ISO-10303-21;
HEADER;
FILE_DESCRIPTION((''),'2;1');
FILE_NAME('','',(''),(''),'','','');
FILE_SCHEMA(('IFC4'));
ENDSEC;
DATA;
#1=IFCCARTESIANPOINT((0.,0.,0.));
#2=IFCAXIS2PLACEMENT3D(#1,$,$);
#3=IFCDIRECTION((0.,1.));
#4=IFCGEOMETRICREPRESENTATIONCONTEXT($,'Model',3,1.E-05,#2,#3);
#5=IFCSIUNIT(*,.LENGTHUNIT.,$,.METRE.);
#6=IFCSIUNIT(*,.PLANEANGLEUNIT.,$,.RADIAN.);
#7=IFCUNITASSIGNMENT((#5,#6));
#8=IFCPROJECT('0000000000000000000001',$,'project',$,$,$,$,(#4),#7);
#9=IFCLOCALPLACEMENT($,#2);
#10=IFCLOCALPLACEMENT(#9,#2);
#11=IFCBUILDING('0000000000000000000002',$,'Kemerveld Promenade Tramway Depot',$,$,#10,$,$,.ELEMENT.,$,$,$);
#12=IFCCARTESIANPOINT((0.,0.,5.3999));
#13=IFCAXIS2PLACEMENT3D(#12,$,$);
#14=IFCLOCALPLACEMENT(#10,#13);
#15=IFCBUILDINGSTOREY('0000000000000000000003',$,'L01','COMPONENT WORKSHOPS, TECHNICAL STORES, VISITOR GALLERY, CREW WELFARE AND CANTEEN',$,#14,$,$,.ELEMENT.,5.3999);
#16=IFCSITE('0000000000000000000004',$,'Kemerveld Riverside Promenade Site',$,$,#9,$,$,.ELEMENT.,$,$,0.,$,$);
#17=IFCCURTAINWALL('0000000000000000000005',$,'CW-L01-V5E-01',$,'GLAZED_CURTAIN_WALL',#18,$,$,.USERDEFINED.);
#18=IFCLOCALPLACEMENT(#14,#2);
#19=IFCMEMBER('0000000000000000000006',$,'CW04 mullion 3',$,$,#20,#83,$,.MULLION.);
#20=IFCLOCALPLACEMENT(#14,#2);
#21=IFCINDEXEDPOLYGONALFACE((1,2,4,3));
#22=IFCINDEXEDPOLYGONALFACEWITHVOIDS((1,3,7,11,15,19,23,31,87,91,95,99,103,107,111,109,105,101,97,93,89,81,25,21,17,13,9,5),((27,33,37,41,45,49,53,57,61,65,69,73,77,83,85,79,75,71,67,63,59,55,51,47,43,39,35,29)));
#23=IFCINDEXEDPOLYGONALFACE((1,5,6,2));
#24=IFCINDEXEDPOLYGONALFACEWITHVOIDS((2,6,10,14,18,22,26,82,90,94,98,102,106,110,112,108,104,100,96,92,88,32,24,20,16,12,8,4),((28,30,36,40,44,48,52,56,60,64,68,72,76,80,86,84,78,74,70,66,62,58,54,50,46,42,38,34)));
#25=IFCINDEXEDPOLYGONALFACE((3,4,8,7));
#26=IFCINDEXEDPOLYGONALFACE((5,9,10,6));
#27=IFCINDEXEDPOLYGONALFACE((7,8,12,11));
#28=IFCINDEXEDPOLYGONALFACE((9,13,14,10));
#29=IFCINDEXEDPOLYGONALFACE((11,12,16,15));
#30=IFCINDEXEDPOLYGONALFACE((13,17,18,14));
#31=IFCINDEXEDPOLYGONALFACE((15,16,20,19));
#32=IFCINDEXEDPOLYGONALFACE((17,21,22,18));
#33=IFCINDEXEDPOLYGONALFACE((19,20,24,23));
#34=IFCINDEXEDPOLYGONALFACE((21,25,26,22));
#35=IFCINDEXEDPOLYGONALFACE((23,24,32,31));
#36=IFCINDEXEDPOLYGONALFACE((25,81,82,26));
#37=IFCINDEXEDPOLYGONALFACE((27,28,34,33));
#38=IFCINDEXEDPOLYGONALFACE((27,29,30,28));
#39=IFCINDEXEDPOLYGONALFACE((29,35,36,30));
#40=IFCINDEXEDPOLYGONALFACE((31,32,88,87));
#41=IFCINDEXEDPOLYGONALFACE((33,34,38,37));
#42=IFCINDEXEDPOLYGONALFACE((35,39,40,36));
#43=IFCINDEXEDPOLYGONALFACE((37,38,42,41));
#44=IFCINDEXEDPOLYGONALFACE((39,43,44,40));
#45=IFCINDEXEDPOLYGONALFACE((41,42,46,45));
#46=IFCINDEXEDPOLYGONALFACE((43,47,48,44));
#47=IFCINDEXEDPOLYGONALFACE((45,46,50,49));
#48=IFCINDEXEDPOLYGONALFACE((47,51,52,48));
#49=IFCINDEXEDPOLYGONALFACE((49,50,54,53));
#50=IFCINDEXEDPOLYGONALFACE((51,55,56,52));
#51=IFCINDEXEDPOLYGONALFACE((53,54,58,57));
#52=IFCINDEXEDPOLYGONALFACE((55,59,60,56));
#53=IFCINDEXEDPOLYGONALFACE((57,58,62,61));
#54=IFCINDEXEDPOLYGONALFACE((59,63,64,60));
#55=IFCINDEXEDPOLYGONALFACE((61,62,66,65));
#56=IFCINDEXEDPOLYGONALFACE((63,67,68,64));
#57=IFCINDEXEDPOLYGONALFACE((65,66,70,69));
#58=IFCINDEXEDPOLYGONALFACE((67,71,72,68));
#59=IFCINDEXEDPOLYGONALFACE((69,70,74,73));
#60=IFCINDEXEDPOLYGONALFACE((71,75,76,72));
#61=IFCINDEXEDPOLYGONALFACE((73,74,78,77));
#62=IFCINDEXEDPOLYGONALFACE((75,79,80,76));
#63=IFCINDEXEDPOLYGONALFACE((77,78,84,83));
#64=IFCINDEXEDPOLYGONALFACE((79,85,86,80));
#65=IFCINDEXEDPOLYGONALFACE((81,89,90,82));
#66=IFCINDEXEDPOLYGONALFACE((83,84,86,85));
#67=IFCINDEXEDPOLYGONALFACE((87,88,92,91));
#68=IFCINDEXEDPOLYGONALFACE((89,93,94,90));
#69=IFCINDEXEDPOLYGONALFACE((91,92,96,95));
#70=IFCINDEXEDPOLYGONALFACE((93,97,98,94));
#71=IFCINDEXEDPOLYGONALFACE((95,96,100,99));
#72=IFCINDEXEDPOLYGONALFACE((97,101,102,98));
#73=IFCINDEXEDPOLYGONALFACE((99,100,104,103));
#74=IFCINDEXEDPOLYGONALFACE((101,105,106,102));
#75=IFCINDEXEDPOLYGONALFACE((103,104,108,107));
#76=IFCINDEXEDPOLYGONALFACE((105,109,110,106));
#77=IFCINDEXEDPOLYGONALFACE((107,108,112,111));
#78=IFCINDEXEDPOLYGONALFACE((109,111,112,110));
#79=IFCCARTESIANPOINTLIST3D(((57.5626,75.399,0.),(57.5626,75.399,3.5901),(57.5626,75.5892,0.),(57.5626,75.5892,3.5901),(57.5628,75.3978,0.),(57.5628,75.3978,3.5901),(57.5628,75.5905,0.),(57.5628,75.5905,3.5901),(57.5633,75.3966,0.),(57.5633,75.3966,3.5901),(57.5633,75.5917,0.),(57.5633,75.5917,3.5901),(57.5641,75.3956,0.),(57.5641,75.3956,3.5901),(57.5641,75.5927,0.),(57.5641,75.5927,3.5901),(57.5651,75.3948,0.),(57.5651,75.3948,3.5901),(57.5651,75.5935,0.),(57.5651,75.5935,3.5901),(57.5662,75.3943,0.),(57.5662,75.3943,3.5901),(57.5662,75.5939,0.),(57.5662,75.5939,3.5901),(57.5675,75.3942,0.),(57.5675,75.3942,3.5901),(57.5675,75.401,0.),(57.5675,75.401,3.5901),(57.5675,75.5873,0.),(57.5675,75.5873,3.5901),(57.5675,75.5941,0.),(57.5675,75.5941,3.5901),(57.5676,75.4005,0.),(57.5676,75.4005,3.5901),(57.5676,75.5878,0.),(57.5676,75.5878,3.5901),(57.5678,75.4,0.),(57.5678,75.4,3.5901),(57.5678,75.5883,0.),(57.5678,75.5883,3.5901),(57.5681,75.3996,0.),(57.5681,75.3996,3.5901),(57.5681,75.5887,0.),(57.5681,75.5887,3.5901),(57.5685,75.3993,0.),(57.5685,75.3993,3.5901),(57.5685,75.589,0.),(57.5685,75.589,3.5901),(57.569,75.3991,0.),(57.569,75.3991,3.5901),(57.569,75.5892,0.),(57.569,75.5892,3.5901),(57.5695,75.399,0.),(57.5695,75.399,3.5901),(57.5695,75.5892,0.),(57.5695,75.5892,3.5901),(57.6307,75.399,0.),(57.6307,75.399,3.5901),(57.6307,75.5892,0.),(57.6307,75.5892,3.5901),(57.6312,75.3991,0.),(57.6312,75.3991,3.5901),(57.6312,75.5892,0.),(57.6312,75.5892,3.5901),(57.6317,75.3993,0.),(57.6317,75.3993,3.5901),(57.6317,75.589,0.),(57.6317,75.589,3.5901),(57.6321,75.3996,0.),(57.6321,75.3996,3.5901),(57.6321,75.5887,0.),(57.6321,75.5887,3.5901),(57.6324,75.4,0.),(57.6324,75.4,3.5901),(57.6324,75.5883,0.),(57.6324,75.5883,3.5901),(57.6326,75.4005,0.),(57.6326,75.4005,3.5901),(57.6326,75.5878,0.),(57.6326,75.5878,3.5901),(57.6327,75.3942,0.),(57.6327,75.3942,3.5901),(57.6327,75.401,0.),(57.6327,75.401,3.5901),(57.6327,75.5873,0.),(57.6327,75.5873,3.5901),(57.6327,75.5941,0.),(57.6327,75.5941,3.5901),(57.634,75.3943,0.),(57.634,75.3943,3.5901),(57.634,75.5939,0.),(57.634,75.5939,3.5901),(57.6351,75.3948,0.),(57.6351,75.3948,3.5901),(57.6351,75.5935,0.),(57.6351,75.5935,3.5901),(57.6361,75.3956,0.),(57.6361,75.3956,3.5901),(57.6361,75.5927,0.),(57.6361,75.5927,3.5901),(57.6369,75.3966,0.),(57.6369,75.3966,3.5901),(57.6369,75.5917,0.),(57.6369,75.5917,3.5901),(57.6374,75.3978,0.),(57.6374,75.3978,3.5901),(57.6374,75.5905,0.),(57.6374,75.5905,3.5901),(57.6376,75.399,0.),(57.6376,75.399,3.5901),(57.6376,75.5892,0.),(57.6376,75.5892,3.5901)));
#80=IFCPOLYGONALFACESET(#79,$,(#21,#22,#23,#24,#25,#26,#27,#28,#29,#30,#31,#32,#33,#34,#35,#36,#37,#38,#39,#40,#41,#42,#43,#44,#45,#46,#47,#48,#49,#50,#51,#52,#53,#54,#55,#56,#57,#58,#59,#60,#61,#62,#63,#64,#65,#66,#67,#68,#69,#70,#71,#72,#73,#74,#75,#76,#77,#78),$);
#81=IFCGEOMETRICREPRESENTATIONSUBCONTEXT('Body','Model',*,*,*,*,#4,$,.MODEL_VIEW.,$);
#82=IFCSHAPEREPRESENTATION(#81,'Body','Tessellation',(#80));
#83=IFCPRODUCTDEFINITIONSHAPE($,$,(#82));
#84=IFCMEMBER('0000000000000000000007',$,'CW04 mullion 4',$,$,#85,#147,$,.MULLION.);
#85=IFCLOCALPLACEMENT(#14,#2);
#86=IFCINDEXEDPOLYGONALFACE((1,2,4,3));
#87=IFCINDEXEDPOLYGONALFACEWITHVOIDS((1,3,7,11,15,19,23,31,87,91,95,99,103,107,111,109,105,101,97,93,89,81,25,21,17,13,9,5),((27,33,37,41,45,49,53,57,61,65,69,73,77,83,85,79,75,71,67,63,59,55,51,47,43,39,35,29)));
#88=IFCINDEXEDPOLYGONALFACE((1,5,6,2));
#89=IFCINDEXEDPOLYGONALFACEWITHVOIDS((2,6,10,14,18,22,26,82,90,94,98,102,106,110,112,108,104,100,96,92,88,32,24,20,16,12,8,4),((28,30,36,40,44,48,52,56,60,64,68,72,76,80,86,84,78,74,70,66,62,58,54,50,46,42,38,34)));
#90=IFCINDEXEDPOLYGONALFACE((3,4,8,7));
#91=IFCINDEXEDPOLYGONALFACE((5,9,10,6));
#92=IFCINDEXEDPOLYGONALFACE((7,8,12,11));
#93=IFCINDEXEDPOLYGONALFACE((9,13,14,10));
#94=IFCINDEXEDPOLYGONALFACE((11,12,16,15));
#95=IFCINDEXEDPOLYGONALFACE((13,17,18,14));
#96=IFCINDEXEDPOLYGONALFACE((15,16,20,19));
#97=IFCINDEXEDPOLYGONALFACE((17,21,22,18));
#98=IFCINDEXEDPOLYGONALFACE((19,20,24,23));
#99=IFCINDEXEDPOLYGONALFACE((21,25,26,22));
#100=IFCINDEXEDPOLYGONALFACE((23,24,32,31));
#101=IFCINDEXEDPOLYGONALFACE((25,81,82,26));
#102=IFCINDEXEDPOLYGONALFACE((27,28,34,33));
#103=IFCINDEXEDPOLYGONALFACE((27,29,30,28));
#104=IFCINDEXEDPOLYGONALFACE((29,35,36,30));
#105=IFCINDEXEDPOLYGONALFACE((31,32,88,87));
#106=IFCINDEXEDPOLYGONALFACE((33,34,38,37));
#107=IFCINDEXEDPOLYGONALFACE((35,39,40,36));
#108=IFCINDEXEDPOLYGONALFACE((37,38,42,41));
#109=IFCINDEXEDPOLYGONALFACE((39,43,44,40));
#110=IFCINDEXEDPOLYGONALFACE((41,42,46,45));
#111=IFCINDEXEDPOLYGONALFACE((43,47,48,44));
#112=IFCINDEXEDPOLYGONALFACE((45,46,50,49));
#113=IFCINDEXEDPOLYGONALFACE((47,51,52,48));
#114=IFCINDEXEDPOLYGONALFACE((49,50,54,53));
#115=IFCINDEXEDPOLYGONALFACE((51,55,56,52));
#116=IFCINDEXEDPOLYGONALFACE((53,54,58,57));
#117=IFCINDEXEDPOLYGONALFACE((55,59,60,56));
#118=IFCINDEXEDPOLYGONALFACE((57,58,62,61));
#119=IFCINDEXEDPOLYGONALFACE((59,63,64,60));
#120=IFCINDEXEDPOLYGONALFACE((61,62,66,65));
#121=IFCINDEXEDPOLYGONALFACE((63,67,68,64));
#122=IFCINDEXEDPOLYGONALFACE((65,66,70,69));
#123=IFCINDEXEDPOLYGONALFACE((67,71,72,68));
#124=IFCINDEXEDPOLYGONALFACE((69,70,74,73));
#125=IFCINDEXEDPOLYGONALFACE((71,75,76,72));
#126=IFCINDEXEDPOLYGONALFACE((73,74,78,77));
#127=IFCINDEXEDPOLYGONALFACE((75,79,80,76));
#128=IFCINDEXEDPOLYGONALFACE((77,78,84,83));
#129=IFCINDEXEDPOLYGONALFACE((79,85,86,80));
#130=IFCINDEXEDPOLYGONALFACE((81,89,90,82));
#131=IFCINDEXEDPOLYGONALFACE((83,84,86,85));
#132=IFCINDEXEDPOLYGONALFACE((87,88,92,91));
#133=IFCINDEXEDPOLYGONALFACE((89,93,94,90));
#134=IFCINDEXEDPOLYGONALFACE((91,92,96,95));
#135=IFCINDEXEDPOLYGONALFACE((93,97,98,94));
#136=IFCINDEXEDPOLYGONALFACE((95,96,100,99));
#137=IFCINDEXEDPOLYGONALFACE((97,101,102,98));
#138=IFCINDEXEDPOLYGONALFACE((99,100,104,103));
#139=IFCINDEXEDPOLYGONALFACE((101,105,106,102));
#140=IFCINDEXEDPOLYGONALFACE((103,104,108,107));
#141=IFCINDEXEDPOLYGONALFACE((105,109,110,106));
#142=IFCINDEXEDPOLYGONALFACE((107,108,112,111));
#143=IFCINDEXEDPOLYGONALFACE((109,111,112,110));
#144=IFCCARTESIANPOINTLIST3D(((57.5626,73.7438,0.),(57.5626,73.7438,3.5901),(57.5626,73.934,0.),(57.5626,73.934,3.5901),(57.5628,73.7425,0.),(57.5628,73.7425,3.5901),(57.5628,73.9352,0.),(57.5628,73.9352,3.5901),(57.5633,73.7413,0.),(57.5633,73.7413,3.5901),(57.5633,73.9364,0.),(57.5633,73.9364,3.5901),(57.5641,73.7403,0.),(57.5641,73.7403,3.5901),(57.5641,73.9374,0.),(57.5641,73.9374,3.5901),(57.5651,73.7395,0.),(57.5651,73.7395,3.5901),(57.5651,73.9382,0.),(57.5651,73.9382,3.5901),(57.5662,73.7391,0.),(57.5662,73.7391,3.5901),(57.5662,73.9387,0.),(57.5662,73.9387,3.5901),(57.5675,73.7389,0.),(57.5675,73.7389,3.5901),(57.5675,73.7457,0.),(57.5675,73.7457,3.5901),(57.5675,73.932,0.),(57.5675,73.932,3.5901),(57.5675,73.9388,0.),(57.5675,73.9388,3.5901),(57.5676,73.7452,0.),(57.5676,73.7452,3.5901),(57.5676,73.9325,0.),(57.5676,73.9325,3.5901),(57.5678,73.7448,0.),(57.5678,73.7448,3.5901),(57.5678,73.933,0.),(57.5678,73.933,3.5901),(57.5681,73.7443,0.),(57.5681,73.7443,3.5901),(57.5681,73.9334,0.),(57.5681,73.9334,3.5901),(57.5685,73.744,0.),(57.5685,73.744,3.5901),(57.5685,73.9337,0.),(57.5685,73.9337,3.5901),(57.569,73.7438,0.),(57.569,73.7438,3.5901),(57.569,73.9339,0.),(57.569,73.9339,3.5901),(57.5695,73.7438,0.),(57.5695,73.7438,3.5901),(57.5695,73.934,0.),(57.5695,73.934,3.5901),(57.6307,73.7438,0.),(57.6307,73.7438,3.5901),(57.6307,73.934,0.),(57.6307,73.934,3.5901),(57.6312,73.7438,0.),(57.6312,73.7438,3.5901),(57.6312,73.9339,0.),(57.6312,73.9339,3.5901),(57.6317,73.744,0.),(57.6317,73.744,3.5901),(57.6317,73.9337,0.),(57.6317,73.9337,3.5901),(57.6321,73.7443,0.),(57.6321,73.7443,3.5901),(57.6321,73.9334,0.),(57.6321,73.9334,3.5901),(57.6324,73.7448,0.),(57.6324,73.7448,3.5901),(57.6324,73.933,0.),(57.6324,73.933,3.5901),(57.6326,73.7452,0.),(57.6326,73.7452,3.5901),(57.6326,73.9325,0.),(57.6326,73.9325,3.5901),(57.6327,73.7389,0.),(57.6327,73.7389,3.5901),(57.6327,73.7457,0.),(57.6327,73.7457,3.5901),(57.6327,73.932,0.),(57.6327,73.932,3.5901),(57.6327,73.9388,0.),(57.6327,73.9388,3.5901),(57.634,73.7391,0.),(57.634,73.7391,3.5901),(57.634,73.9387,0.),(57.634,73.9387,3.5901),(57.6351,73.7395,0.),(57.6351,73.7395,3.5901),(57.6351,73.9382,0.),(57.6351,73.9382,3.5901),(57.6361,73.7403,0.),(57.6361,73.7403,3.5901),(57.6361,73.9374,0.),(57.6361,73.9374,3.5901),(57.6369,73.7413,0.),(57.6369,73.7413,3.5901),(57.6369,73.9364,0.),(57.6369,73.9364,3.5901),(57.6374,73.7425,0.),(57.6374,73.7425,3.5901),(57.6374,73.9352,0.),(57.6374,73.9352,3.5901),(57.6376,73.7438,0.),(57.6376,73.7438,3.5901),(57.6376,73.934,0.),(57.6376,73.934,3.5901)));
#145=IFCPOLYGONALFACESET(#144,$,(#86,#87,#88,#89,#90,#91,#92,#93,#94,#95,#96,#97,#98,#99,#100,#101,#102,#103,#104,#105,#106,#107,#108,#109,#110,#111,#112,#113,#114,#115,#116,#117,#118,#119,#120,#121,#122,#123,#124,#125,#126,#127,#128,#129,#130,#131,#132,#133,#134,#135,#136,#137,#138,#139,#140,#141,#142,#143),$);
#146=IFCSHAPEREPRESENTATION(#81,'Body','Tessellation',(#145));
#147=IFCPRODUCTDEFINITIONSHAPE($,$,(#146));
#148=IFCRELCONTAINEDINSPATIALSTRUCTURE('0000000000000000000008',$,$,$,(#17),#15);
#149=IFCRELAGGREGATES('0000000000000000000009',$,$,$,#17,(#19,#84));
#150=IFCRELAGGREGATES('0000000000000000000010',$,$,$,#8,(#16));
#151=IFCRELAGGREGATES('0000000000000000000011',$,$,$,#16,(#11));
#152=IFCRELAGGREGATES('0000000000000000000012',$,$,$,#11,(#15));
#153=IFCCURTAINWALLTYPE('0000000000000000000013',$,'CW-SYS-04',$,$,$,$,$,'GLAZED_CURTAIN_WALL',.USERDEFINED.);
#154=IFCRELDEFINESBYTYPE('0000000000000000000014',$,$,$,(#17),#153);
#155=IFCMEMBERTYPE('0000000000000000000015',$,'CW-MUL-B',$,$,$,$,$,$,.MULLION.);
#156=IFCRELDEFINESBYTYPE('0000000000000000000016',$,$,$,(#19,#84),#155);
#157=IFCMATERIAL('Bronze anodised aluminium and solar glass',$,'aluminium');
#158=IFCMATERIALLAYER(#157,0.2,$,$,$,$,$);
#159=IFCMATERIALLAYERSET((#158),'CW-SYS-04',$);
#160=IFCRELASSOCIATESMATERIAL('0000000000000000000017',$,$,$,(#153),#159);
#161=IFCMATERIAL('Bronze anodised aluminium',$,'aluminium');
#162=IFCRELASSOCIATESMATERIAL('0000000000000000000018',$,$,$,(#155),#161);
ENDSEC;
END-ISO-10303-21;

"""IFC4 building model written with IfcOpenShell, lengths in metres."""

from ifc_helpers import new_model, si_unit, direction, frame, origin, origin_2d, place, context, subcontext, project, spatial, hollow_rectangle, extrude, material, layer, layer_set, material_profile, profile_set, type_object, element, aggregate, save


model = new_model("IFC4")

# Units and contexts
model_context = context("Model", 3, precision=1e-05, world=origin(), true_north=direction((0.0, 1.0)))
body_context = subcontext(model_context, "Body", "Model", "MODEL_VIEW")
ifc_project = project(units=[si_unit("LENGTHUNIT", "METRE"), si_unit("PLANEANGLEUNIT", "RADIAN")], contexts=[model_context])

# Site, building, storey
site_placement = place(None, origin())
site = spatial("IfcSite", under=ifc_project, at=site_placement, Name="Kemerveld Riverside Promenade Site", CompositionType="ELEMENT", RefElevation=0.0)
building_placement = place(site_placement, origin())
building = spatial("IfcBuilding", under=site, at=building_placement, Name="Kemerveld Promenade Tramway Depot", CompositionType="ELEMENT")
storey_placement = place(building_placement, frame((0.0, 0.0, 5.3999)))
storey = spatial("IfcBuildingStorey", under=building, at=storey_placement, Name="L01", Description="COMPONENT WORKSHOPS, TECHNICAL STORES, VISITOR GALLERY, CREW WELFARE AND CANTEEN", CompositionType="ELEMENT", Elevation=5.3999)

# Curtain wall, members
ifc_material_1 = material(Name="Bronze anodised aluminium and solar glass", Category="aluminium")
ifc_layer_1 = layer(ifc_material_1, 0.2)
ifc_layer_set_1 = layer_set([ifc_layer_1], Name="CW-SYS-04")
curtain_wall_type = type_object("IfcCurtainWallType", Name="CW-SYS-04", ElementType="GLAZED_CURTAIN_WALL", PredefinedType="USERDEFINED", material=ifc_layer_set_1)
curtain_wall_placement = place(storey_placement, origin())
curtain_wall = element("IfcCurtainWall", 1, at=curtain_wall_placement, inside=storey, type_object=curtain_wall_type, Name="CW-L01-V5E-01", ObjectType="GLAZED_CURTAIN_WALL", PredefinedType="USERDEFINED")
ifc_material_2 = material(Name="Bronze anodised aluminium", Category="aluminium")
ifc_material_profile_1 = material_profile(ifc_material_2, hollow_rectangle(XDim=0.075, YDim=0.2, WallThickness=0.0049, InnerFilletRadius=0.002, OuterFilletRadius=0.0049, at=origin_2d()), Name="CW-MUL-200x75")
ifc_profile_set_1 = profile_set([ifc_material_profile_1], Name="Bronze anodised aluminium")
member_type_1 = type_object("IfcMemberType", Name="CW-MUL-B", PredefinedType="MULLION", material=ifc_profile_set_1)
member_1_placement = place(storey_placement, frame((57.6001, 75.4941, 0.0), z_axis=(0.0, 0.0, 1.0), x_axis=(1.0, 0.0, 0.0)))
member_1 = element("IfcMember", 2, at=member_1_placement, type_object=member_type_1, Name="CW04 mullion 3", PredefinedType="MULLION", context=body_context, shape_type="SweptSolid", body=[
    extrude(hollow_rectangle(XDim=0.075, YDim=0.2, WallThickness=0.0049, InnerFilletRadius=0.002, OuterFilletRadius=0.0049, at=origin_2d()), origin(), (0.0, 0.0, 1.0), 3.5901),
])
member_2_placement = place(storey_placement, frame((57.6001, 73.8389, 0.0), z_axis=(0.0, 0.0, 1.0), x_axis=(1.0, 0.0, 0.0)))
member_2 = element("IfcMember", 3, at=member_2_placement, type_object=member_type_1, Name="CW04 mullion 4", PredefinedType="MULLION", context=body_context, shape_type="SweptSolid", body=[
    extrude(hollow_rectangle(XDim=0.075, YDim=0.2, WallThickness=0.0049, InnerFilletRadius=0.002, OuterFilletRadius=0.0049, at=origin_2d()), origin(), (0.0, 0.0, 1.0), 3.5901),
])
aggregate(curtain_wall, [member_1, member_2])

save(model, "model.ifc")
